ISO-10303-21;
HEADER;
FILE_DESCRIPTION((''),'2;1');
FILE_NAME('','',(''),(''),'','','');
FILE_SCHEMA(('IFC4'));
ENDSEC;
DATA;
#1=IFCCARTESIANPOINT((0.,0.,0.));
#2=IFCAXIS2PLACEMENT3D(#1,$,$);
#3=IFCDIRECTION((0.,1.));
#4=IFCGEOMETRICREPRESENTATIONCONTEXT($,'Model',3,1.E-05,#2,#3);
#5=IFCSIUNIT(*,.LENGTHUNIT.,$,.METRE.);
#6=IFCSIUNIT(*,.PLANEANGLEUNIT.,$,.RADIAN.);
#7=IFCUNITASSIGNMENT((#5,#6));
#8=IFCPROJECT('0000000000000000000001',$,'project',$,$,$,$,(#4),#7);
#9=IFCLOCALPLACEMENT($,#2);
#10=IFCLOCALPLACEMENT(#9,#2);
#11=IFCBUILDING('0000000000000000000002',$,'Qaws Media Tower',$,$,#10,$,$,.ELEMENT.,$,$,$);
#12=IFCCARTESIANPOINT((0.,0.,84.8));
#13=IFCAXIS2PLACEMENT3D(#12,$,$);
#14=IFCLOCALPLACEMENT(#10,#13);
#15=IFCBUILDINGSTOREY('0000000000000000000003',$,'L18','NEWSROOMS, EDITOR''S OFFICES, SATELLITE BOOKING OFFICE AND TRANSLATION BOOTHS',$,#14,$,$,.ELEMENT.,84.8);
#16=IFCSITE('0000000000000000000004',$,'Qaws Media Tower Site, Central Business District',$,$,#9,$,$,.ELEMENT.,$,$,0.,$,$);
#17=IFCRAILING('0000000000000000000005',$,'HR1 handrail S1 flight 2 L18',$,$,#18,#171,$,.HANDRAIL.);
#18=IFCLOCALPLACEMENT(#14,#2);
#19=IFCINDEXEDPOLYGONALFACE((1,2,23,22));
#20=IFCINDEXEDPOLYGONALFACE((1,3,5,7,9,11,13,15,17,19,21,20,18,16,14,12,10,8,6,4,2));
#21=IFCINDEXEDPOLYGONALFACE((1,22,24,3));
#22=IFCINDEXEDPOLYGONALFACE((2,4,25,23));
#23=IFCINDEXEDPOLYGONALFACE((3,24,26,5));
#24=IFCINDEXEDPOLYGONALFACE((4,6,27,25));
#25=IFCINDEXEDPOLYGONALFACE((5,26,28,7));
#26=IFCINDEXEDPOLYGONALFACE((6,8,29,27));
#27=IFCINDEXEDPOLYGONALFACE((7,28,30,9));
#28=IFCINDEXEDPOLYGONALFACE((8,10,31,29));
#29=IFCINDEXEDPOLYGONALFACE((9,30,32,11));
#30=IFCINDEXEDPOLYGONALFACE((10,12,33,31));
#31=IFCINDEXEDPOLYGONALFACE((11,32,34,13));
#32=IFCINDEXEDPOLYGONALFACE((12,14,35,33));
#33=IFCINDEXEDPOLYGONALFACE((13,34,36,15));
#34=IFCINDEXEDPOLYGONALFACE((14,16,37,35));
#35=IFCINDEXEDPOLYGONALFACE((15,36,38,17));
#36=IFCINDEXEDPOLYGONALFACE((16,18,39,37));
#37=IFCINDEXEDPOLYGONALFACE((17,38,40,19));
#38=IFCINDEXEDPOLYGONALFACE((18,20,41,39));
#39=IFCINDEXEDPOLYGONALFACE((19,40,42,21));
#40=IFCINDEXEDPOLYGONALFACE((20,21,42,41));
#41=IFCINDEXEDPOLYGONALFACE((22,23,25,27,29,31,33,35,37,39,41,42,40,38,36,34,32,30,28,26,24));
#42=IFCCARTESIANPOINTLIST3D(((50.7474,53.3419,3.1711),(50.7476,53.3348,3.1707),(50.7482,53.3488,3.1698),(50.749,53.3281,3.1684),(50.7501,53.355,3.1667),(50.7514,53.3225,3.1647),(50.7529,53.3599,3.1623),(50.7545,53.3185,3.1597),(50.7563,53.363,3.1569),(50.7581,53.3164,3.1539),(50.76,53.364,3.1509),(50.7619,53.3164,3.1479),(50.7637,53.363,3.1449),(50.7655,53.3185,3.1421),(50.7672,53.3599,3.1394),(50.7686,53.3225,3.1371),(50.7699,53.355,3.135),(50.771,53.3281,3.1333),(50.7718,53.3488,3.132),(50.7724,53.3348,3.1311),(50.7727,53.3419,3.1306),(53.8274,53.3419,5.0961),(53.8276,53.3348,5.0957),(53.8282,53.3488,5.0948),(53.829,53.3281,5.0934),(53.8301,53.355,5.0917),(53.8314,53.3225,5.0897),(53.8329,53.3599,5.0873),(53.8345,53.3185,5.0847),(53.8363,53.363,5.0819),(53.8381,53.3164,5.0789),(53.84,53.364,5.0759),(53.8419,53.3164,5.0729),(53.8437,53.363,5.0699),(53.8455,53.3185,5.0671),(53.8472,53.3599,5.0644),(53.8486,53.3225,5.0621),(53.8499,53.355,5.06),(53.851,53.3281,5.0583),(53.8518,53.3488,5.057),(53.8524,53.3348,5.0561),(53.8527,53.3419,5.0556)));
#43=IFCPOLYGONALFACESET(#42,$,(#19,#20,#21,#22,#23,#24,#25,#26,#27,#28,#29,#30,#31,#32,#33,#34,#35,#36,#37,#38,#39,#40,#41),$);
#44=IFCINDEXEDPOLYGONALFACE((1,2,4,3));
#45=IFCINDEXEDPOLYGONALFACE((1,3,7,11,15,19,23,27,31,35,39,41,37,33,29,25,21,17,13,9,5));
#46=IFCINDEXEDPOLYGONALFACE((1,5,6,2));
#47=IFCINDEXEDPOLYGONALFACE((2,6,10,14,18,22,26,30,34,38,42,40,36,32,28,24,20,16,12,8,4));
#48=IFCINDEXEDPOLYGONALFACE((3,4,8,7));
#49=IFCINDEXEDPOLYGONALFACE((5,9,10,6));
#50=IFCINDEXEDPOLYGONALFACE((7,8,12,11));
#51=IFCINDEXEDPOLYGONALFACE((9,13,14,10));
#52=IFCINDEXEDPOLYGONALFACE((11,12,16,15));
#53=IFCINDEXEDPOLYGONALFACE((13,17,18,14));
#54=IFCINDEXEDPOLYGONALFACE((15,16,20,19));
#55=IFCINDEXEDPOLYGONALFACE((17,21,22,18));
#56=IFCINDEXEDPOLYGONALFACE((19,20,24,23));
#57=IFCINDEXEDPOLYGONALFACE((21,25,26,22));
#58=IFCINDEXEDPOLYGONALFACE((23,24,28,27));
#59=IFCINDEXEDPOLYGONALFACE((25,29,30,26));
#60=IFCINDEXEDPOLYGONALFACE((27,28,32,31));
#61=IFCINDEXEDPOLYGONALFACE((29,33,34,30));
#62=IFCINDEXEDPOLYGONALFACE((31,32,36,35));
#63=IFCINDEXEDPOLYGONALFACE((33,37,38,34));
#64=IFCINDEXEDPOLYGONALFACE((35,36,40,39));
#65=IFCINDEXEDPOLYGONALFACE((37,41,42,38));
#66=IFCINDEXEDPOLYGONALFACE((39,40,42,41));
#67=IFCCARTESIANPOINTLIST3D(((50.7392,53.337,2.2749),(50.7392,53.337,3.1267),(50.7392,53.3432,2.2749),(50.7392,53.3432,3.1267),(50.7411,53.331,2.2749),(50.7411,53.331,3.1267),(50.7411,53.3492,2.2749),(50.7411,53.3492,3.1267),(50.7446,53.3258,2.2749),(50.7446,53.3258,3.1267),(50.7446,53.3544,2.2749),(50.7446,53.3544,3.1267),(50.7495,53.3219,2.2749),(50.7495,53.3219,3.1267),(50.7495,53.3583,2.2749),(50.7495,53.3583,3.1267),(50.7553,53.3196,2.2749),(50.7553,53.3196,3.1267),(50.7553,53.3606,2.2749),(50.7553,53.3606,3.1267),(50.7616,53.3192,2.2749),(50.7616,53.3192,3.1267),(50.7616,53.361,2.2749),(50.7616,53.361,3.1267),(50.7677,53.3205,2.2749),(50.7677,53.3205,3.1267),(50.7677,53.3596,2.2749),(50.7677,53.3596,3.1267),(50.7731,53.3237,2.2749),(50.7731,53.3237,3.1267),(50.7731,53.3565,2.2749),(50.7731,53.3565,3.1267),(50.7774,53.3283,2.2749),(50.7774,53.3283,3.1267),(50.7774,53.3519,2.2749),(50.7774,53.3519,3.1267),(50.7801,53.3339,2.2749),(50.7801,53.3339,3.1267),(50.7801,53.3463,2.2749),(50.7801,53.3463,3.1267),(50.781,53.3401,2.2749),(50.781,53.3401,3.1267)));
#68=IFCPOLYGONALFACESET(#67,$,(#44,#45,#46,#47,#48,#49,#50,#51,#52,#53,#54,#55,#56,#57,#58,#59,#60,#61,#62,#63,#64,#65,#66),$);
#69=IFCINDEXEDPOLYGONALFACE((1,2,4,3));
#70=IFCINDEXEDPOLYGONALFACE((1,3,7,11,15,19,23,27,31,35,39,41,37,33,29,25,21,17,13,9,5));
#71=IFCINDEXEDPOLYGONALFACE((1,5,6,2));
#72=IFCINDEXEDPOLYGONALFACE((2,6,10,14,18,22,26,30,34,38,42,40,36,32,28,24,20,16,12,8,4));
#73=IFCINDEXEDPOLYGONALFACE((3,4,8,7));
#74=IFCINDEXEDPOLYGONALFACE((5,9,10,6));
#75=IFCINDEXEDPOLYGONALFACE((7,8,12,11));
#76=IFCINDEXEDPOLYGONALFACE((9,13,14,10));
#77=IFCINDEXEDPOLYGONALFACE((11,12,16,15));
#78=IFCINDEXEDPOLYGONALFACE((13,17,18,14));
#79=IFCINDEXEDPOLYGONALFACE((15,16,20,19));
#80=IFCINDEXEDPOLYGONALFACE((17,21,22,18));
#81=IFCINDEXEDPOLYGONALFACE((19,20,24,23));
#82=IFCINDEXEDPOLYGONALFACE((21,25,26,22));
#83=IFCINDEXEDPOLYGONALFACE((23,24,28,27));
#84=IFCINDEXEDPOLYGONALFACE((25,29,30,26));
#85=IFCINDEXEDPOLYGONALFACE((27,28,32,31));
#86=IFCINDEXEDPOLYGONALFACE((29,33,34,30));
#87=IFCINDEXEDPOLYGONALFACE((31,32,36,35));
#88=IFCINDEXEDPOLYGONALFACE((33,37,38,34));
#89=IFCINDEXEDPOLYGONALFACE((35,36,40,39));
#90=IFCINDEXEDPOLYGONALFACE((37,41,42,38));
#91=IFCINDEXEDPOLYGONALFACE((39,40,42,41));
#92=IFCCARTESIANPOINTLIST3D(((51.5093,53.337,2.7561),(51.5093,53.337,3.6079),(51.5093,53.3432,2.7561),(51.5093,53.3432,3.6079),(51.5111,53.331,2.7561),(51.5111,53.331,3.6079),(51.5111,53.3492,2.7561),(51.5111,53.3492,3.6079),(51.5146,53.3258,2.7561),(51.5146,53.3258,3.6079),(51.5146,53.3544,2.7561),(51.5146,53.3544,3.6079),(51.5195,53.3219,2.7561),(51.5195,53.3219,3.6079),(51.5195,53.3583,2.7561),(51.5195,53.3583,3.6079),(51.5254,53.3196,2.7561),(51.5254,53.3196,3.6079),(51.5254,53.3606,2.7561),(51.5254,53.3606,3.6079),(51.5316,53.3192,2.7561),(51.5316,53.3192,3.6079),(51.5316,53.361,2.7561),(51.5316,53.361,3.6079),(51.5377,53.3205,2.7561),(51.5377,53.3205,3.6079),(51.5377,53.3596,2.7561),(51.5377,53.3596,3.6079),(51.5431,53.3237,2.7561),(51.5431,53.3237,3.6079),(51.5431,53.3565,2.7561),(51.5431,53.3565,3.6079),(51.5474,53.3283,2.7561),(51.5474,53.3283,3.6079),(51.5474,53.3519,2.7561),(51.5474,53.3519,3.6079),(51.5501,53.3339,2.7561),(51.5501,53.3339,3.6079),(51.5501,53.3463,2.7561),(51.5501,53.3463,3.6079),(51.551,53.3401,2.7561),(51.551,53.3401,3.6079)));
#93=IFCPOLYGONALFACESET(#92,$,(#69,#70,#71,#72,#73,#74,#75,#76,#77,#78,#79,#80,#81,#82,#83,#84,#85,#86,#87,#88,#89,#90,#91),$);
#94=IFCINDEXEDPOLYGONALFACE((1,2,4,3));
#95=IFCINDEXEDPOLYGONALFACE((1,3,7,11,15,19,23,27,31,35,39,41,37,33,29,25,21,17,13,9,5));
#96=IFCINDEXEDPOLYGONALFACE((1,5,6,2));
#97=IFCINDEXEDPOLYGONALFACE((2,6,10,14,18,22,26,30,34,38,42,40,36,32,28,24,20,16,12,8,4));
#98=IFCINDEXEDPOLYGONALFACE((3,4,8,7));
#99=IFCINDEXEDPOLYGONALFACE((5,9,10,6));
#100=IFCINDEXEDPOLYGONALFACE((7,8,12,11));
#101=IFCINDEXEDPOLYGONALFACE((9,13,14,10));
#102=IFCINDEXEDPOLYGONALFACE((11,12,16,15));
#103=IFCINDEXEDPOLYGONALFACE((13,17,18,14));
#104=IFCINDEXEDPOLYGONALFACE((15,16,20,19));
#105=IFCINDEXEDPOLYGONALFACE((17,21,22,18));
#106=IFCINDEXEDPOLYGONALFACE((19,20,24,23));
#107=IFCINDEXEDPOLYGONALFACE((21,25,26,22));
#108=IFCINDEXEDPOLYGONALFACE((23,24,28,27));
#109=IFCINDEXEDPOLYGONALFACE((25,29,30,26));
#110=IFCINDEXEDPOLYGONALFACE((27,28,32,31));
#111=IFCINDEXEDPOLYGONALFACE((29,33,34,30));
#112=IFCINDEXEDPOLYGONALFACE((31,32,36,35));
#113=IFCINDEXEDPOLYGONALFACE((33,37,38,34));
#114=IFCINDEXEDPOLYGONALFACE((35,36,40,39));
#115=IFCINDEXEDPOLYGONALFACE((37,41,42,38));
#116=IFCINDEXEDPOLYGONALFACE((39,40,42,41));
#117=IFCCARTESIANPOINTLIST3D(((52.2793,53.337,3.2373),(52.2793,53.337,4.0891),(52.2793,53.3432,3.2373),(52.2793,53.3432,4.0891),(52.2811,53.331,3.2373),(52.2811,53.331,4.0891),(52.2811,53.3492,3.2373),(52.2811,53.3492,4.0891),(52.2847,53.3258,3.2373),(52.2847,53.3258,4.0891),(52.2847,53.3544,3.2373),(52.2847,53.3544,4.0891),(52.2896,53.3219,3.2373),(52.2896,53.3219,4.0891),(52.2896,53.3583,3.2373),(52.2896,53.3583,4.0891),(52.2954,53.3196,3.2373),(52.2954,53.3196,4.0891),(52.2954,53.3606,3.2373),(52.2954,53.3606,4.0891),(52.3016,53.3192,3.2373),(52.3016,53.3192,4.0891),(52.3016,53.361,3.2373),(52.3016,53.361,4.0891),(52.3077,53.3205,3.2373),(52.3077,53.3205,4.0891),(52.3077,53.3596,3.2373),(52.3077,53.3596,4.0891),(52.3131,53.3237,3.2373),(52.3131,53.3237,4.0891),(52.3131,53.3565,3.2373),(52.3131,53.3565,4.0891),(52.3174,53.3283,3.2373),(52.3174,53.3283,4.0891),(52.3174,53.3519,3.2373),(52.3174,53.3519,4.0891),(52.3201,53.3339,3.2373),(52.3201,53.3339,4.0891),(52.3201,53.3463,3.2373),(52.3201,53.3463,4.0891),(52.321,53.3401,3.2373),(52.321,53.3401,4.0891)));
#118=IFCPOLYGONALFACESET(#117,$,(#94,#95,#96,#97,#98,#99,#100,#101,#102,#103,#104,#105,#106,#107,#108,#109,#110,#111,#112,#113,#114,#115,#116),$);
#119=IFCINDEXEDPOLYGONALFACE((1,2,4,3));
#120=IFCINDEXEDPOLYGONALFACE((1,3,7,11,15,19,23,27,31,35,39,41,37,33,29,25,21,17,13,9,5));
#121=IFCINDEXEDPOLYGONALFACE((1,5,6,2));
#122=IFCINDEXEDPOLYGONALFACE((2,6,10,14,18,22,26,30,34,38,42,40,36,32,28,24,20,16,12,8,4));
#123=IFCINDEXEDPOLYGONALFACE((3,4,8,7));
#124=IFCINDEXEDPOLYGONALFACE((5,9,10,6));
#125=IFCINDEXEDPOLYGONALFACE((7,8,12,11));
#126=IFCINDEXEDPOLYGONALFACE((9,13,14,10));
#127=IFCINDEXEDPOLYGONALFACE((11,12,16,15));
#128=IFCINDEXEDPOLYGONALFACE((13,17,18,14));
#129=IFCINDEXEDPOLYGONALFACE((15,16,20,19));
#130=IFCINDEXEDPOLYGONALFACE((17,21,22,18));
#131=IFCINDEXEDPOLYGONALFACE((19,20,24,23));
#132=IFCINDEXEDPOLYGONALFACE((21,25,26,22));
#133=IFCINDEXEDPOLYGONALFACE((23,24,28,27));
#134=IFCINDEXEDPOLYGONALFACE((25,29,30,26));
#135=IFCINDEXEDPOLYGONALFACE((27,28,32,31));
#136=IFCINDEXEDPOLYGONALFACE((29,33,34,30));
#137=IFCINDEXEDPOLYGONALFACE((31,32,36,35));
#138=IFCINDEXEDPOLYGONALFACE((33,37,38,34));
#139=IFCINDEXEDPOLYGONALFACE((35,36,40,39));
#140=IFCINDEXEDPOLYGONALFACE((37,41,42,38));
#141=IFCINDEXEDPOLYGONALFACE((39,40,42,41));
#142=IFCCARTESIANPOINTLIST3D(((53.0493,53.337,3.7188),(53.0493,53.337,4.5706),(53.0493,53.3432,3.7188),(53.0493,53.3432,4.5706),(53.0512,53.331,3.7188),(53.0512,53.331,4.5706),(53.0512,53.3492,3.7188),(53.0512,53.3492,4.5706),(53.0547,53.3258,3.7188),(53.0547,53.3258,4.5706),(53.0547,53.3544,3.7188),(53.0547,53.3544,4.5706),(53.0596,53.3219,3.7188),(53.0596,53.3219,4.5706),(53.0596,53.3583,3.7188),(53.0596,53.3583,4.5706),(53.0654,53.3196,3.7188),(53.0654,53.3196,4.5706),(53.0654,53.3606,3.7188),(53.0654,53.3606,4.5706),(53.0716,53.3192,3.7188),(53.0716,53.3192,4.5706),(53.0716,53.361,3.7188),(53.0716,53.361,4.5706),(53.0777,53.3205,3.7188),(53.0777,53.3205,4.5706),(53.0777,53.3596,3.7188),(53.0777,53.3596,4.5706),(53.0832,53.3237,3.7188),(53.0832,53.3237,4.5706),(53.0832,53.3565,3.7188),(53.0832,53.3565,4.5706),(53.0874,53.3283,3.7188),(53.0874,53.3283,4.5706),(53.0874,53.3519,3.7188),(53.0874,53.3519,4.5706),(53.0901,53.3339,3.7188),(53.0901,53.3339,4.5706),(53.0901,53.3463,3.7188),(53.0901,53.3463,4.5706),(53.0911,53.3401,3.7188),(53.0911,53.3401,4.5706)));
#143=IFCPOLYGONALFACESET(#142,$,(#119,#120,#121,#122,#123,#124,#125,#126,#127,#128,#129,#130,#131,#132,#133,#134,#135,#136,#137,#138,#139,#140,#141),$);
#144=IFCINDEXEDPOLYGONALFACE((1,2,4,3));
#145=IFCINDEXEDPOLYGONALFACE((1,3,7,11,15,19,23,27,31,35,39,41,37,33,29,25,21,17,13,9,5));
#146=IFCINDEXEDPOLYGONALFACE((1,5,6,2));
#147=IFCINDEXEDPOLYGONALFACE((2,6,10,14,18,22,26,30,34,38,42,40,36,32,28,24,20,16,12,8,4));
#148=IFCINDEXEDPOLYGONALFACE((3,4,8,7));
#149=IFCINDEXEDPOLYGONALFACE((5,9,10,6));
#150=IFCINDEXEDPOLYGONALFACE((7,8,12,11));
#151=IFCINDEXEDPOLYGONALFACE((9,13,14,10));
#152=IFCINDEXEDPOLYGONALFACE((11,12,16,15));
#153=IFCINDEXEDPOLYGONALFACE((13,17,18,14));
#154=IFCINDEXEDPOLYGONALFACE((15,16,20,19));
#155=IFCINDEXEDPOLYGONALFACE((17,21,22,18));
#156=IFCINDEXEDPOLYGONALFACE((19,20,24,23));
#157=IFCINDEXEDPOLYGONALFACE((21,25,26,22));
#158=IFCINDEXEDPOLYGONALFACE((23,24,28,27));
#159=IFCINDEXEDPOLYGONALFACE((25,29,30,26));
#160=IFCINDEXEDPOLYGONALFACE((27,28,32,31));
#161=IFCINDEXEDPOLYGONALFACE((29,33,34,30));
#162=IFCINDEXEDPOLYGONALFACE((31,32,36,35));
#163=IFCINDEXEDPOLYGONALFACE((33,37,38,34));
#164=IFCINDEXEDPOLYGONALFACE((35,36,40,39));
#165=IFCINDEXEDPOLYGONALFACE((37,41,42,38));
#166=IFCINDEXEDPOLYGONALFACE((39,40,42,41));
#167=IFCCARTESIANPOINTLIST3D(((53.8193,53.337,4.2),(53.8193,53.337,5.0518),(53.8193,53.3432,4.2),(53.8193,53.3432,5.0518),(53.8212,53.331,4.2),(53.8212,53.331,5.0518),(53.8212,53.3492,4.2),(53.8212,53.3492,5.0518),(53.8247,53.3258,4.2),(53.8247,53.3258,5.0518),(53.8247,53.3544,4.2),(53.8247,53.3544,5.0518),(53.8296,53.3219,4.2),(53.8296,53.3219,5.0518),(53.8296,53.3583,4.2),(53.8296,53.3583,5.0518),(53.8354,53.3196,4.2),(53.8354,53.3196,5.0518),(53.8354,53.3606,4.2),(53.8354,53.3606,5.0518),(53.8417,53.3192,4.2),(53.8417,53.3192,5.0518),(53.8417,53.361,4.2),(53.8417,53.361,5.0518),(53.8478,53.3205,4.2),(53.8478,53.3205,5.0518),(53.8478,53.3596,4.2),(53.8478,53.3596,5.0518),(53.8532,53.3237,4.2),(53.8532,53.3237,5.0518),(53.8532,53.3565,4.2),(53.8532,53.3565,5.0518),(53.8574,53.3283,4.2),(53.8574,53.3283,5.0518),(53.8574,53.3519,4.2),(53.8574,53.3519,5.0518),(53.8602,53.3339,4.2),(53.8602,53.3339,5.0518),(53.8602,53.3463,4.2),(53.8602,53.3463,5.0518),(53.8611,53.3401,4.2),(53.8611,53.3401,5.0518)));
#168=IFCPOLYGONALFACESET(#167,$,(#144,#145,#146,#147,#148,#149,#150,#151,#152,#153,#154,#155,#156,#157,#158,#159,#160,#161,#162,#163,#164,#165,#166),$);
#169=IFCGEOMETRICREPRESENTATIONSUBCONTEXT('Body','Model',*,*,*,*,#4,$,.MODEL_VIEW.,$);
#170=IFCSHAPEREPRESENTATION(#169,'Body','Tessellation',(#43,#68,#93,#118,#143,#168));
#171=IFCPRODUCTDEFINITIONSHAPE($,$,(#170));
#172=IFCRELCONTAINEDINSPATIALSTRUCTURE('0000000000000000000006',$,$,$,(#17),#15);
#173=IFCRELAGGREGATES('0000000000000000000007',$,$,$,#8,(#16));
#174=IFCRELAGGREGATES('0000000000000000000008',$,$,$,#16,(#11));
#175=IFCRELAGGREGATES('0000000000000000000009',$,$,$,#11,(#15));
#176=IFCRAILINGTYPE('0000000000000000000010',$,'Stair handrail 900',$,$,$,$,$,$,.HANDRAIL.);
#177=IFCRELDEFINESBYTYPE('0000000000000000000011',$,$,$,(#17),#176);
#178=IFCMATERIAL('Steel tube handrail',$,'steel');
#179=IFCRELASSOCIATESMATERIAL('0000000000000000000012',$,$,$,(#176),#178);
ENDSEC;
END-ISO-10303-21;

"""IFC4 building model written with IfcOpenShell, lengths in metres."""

from ifc_helpers import new_model, si_unit, direction, frame, origin, origin_2d, place, context, subcontext, project, spatial, circle, extrude, material, type_object, element, save


model = new_model("IFC4")

# Units and contexts
model_context = context("Model", 3, precision=1e-05, world=origin(), true_north=direction((0.0, 1.0)))
body_context = subcontext(model_context, "Body", "Model", "MODEL_VIEW")
ifc_project = project(units=[si_unit("LENGTHUNIT", "METRE"), si_unit("PLANEANGLEUNIT", "RADIAN")], contexts=[model_context])

# Site, building, storey
site_placement = place(None, origin())
site = spatial("IfcSite", under=ifc_project, at=site_placement, Name="Qaws Media Tower Site, Central Business District", CompositionType="ELEMENT", RefElevation=0.0)
building_placement = place(site_placement, origin())
building = spatial("IfcBuilding", under=site, at=building_placement, Name="Qaws Media Tower", CompositionType="ELEMENT")
storey_placement = place(building_placement, frame((0.0, 0.0, 84.8)))
storey = spatial("IfcBuildingStorey", under=building, at=storey_placement, Name="L18", Description="NEWSROOMS, EDITOR'S OFFICES, SATELLITE BOOKING OFFICE AND TRANSLATION BOOTHS", CompositionType="ELEMENT", Elevation=84.8)

# Railing
ifc_material_1 = material(Name="Steel tube handrail", Category="steel")
railing_type = type_object("IfcRailingType", Name="Stair handrail 900", PredefinedType="HANDRAIL", material=ifc_material_1)
for number, where, name in (
    (1, (50.76, 53.3401, 2.2749), "HR1 handrail S1 flight 2 L18"),
):
    element("IfcRailing", number, at=place(storey_placement, frame(where)), inside=storey, type_object=railing_type, Name=name, PredefinedType="HANDRAIL", context=body_context, shape_type="SweptSolid", body=[
        extrude(circle(Radius=0.0239, at=origin_2d()), frame((0.0, 0.0, 0.876), z_axis=(0.847998, 0.0, 0.529999), x_axis=(0.0, 1.0, 0.0)), (0.0, 0.0, 1.0), 3.6321),
        extrude(circle(Radius=0.021, at=origin_2d()), origin(), (0.0, 0.0, 1.0), 0.8518),
        extrude(circle(Radius=0.021, at=origin_2d()), frame((0.77, 0.0, 0.4812)), (0.0, 0.0, 1.0), 0.8518),
        extrude(circle(Radius=0.021, at=origin_2d()), frame((1.54, 0.0, 0.9624)), (0.0, 0.0, 1.0), 0.8518),
        extrude(circle(Radius=0.021, at=origin_2d()), frame((2.3101, 0.0, 1.4438)), (0.0, 0.0, 1.0), 0.8518),
        extrude(circle(Radius=0.021, at=origin_2d()), frame((3.0801, 0.0, 1.925)), (0.0, 0.0, 1.0), 0.8518),
    ])

save(model, "model.ifc")
